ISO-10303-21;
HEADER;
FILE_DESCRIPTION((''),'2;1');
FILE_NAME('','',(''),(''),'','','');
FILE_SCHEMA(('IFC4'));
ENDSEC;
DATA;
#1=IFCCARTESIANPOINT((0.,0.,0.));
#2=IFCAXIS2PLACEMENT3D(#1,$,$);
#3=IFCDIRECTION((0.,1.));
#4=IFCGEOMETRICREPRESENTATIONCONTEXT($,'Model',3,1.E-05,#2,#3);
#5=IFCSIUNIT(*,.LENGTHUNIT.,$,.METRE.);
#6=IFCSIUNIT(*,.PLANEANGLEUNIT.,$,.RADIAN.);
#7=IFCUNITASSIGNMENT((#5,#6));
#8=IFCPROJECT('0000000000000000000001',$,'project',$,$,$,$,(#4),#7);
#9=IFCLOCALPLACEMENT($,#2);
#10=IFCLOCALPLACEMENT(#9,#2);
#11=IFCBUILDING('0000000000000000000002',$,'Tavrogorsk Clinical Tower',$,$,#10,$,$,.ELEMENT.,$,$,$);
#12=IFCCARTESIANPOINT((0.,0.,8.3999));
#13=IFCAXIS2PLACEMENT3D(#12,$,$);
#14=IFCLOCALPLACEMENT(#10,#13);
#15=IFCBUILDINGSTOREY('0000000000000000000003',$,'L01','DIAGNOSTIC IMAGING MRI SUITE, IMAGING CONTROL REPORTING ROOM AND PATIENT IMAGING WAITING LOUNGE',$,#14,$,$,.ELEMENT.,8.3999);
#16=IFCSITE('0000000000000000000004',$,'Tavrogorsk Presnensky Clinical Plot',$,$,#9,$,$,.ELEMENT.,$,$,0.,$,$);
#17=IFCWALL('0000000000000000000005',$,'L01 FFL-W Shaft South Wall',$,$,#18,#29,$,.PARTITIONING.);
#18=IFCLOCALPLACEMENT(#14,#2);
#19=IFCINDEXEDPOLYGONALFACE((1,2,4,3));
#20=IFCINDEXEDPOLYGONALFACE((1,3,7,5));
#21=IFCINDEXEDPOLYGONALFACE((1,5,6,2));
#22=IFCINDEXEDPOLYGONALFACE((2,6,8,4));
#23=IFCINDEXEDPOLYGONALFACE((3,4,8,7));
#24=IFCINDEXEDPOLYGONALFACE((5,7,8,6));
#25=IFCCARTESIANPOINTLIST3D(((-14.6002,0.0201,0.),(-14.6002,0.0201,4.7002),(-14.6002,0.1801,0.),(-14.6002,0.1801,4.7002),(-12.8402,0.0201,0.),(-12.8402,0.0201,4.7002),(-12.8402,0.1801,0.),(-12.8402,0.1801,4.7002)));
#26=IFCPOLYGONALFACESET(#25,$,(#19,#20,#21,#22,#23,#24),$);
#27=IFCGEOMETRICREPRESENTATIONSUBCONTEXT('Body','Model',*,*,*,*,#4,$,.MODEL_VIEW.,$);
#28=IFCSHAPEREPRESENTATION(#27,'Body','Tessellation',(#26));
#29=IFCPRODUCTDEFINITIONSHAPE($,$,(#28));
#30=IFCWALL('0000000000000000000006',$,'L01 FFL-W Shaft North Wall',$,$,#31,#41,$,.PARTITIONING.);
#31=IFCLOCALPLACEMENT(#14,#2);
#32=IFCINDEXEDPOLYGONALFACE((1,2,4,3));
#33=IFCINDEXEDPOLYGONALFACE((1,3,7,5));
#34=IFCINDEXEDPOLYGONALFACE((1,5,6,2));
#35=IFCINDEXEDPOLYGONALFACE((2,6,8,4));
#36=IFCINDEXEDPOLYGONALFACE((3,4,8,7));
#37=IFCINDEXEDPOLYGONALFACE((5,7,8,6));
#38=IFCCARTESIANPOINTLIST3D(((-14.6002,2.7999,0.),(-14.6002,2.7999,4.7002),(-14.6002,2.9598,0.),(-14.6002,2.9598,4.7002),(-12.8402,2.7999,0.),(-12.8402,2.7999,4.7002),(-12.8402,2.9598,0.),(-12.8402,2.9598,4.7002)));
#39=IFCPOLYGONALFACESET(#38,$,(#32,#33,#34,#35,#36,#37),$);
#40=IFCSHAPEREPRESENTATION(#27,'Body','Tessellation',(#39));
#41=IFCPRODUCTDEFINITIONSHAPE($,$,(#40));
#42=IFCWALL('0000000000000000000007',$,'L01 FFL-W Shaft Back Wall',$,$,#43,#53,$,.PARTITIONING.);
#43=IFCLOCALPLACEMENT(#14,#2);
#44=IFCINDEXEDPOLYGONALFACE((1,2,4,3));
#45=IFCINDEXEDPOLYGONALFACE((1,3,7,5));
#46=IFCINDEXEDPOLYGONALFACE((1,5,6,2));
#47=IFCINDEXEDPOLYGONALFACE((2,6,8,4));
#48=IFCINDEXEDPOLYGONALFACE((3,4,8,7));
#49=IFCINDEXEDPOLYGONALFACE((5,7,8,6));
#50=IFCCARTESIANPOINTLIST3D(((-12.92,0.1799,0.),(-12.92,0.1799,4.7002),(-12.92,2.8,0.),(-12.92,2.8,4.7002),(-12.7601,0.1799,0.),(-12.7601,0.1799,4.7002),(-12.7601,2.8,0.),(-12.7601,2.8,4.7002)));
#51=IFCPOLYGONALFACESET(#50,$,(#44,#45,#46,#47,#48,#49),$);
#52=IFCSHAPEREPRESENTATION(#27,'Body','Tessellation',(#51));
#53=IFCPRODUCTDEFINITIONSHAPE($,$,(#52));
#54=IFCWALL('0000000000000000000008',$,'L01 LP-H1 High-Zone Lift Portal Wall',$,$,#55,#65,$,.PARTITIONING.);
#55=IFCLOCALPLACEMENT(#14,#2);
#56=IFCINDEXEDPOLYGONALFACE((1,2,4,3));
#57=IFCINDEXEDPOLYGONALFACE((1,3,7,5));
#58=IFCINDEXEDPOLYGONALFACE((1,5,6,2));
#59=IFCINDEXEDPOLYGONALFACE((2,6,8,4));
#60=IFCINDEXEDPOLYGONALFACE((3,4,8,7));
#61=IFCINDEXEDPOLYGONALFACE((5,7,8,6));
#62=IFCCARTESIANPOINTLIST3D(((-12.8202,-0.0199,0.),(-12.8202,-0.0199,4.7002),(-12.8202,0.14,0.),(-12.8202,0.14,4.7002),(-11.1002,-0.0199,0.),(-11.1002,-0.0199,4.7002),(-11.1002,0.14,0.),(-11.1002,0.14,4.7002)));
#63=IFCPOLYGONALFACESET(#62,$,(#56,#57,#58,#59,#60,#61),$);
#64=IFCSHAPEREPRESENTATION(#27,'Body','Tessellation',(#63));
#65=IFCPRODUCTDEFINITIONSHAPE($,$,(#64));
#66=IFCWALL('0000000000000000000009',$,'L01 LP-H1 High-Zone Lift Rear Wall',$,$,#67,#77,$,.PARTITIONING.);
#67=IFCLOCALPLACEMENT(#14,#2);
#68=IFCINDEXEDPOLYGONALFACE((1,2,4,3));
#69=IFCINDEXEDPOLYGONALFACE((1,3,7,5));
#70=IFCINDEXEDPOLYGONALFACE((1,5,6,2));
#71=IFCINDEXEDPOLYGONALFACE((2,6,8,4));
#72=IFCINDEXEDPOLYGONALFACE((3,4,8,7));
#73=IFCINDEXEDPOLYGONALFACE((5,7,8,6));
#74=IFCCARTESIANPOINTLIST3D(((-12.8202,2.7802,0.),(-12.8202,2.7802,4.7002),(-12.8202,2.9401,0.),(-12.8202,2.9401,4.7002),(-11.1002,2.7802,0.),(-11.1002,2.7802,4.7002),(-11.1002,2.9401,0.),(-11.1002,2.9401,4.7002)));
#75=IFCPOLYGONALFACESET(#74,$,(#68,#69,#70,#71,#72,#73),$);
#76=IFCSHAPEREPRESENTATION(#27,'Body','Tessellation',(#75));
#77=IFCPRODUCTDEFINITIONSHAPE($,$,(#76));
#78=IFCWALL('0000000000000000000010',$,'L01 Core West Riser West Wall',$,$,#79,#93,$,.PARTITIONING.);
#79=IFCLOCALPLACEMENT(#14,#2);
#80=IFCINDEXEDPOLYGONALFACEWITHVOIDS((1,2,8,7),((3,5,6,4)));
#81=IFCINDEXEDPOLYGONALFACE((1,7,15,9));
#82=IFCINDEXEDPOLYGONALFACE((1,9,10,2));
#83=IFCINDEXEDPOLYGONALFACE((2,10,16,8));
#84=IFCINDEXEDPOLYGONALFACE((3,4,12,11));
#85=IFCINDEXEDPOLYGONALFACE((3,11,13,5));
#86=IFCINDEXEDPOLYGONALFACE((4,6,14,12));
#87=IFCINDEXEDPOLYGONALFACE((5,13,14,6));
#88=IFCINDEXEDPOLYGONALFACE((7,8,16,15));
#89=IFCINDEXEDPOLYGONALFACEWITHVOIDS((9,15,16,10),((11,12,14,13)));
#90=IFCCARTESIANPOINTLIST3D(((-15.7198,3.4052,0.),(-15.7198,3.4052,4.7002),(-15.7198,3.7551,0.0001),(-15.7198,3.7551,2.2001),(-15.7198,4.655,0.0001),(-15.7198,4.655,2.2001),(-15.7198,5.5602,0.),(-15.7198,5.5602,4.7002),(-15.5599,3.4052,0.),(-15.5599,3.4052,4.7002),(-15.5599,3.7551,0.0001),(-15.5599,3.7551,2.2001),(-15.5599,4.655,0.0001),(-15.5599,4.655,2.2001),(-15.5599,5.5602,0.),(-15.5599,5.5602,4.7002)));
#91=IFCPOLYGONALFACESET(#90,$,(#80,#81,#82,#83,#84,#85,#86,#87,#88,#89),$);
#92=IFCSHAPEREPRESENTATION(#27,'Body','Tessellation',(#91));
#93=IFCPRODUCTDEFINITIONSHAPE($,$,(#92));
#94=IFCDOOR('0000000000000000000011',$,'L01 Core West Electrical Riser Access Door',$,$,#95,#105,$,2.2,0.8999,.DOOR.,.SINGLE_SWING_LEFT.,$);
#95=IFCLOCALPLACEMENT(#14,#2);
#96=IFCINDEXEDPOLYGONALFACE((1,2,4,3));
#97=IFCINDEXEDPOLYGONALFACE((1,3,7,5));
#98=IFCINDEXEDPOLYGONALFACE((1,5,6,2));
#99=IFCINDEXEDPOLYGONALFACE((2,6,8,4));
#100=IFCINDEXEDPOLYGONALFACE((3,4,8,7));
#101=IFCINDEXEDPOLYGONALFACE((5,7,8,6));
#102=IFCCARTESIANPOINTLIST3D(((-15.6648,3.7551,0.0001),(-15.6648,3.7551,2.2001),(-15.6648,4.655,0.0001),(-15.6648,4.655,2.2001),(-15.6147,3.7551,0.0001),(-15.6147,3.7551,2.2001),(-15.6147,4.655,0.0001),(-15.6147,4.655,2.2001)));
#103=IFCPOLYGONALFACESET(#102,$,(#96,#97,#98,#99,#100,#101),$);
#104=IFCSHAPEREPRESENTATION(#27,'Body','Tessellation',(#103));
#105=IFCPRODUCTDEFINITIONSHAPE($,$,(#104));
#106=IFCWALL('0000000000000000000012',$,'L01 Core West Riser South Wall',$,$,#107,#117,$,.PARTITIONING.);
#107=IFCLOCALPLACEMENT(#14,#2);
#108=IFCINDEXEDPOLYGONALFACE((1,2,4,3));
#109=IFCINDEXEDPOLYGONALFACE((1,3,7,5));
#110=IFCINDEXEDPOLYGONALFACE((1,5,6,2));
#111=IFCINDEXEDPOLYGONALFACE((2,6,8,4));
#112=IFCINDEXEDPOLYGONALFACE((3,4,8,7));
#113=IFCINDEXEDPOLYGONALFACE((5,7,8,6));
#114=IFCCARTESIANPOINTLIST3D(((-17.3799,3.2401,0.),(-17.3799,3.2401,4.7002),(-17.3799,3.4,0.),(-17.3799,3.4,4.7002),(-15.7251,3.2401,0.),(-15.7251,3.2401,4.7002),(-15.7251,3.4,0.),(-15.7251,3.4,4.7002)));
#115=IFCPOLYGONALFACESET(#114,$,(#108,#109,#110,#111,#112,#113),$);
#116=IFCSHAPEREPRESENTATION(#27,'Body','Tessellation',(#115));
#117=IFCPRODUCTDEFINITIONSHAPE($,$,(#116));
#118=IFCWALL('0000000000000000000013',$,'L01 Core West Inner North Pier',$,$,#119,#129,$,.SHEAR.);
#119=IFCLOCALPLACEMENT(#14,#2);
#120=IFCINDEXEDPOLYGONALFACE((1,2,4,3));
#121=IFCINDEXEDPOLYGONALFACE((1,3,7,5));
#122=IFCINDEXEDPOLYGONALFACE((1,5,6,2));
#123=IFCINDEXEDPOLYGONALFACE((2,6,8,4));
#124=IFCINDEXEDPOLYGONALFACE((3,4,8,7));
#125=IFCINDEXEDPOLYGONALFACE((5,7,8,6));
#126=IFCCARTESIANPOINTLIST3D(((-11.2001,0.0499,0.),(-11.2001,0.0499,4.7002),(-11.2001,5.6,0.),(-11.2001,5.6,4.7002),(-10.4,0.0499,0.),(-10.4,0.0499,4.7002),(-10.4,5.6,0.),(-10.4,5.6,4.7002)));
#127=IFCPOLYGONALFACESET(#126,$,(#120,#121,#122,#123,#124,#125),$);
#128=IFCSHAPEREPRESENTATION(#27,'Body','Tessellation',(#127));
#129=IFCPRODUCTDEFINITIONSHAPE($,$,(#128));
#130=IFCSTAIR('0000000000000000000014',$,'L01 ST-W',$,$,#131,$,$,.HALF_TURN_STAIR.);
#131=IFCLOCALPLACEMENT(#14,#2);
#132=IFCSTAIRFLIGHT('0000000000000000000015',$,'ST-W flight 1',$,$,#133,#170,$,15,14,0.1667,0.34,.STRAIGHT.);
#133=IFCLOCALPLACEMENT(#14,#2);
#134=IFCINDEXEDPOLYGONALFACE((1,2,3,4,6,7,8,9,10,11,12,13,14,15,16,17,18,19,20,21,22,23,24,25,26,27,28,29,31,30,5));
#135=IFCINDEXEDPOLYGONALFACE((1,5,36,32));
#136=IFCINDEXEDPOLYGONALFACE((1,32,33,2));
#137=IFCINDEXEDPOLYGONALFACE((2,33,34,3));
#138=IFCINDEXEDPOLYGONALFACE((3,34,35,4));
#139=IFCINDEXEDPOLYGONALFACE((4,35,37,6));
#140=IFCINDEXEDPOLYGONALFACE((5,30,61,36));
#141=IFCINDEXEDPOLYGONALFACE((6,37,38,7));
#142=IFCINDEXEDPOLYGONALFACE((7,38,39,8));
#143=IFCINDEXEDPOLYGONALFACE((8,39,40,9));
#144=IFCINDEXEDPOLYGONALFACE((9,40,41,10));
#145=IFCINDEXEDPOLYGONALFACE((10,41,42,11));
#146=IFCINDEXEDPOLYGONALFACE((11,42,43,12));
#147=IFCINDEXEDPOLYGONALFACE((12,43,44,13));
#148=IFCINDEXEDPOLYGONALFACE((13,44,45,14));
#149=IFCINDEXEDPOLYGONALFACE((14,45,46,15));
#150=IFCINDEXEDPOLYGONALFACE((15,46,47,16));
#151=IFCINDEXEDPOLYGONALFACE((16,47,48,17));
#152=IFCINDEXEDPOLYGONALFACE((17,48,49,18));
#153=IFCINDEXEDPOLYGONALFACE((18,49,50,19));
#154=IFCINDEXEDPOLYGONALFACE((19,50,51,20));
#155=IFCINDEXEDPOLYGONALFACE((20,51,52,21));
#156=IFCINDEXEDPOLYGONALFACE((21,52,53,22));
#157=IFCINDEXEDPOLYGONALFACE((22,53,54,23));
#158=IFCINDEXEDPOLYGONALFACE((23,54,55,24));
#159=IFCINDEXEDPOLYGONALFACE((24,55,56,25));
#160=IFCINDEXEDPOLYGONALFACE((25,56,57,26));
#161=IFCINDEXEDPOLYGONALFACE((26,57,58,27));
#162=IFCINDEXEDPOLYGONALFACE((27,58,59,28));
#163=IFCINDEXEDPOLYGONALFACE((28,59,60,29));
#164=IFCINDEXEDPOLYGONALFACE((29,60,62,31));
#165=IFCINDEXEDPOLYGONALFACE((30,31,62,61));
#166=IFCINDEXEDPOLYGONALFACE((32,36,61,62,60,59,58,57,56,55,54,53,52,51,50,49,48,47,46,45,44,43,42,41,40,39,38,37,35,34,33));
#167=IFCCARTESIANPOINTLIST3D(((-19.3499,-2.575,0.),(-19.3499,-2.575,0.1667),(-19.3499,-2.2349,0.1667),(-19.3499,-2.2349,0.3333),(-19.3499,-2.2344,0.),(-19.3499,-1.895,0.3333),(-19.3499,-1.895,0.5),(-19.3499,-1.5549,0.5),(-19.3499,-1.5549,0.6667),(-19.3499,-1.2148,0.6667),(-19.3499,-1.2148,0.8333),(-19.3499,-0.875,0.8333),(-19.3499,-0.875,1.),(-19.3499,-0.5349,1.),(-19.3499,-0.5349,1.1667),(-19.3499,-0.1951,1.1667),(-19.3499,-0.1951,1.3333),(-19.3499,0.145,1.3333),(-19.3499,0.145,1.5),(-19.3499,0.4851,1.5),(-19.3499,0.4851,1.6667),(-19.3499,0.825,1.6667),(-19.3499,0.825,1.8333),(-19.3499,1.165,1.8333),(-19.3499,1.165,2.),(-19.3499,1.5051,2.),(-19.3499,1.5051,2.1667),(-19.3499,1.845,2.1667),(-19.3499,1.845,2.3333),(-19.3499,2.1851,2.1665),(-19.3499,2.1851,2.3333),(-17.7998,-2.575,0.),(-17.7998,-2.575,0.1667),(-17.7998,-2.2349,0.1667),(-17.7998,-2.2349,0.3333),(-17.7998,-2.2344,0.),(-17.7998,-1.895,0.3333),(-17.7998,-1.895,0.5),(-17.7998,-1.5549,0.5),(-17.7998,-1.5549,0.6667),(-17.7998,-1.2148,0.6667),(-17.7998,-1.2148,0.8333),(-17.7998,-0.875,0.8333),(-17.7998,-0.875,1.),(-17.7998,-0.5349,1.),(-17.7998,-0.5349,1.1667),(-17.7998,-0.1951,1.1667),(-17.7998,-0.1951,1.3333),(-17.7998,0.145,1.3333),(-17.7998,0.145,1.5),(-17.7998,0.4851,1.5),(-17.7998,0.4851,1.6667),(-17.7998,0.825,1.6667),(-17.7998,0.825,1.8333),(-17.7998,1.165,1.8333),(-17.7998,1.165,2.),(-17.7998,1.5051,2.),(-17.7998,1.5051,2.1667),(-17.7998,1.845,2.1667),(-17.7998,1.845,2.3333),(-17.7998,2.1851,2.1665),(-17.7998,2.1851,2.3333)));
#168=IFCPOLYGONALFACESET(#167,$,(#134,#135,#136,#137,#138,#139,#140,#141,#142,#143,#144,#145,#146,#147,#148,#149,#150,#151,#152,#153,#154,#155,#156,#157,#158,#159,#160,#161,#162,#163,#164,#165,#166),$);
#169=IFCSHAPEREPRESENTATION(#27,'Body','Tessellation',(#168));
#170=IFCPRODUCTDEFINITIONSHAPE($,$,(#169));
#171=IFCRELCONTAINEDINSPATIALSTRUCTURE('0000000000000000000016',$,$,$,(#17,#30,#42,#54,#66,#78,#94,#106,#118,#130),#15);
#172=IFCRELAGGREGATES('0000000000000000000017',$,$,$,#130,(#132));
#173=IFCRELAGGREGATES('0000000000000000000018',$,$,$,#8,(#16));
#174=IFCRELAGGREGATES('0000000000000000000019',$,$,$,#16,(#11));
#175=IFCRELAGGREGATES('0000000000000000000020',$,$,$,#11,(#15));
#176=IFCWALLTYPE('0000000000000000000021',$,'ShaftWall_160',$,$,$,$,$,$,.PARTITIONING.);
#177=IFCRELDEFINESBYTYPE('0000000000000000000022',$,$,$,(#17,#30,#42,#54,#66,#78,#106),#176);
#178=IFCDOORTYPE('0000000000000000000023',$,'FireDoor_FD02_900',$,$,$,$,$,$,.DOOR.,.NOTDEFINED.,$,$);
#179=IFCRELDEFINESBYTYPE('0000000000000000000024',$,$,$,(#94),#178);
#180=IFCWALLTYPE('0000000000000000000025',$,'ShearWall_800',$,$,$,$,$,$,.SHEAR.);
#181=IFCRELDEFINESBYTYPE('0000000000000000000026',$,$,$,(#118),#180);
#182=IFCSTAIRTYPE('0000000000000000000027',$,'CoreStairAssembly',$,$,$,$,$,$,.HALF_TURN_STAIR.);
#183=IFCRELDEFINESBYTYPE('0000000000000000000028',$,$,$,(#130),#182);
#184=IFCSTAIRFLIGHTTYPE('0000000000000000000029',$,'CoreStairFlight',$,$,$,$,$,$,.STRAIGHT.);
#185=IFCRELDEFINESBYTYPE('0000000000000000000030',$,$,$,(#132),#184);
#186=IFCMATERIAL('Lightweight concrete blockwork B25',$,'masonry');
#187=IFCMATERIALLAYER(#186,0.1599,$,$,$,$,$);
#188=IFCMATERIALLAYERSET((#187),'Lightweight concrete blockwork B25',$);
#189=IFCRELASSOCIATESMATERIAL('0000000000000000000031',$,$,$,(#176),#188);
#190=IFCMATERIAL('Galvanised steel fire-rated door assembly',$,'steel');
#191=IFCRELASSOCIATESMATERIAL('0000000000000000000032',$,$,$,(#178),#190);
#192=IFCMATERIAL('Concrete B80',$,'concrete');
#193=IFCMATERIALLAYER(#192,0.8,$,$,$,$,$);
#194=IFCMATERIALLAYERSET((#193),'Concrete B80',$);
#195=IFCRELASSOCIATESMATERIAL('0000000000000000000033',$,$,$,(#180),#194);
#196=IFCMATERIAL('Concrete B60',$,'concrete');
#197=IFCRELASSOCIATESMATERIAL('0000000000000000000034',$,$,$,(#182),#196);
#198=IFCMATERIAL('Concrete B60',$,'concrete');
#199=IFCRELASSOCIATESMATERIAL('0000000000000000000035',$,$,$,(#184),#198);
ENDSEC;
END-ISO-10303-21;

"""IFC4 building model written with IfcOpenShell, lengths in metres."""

from ifc_helpers import new_model, si_unit, direction, frame, frame_2d, origin, place, context, subcontext, project, spatial, polyline, rectangle, outline, extrude, material, layer, layer_set, type_object, element, fill, aggregate, save


model = new_model("IFC4")

# Units and contexts
model_context = context("Model", 3, precision=1e-05, world=origin(), true_north=direction((0.0, 1.0)))
body_context = subcontext(model_context, "Body", "Model", "MODEL_VIEW")
ifc_project = project(units=[si_unit("LENGTHUNIT", "METRE"), si_unit("PLANEANGLEUNIT", "RADIAN")], contexts=[model_context])

# Site, building, storey
site_placement = place(None, origin())
site = spatial("IfcSite", under=ifc_project, at=site_placement, Name="Tavrogorsk Presnensky Clinical Plot", CompositionType="ELEMENT", RefElevation=0.0)
building_placement = place(site_placement, origin())
building = spatial("IfcBuilding", under=site, at=building_placement, Name="Tavrogorsk Clinical Tower", CompositionType="ELEMENT")
storey_placement = place(building_placement, frame((0.0, 0.0, 8.3999)))
storey = spatial("IfcBuildingStorey", under=building, at=storey_placement, Name="L01", Description="DIAGNOSTIC IMAGING MRI SUITE, IMAGING CONTROL REPORTING ROOM AND PATIENT IMAGING WAITING LOUNGE", CompositionType="ELEMENT", Elevation=8.3999)

# Shared definitions
ifc_material_1 = material(Name="Lightweight concrete blockwork B25", Category="masonry")
ifc_layer_1 = layer(ifc_material_1, 0.1599)
ifc_layer_set_1 = layer_set([ifc_layer_1], Name="Lightweight concrete blockwork B25")
wall_type_1 = type_object("IfcWallType", Name="ShaftWall_160", PredefinedType="PARTITIONING", material=ifc_layer_set_1)

# Walls
for number, where, z_axis, x_axis, name in (
    (1, (-14.6001, 0.1001, 0.0), (0.0, 0.0, 1.0), (1.0, 0.0, 0.0), "L01 FFL-W Shaft South Wall"),
    (2, (-14.6001, 2.8799, 0.0), (0.0, 0.0, 1.0), (1.0, 0.0, 0.0), "L01 FFL-W Shaft North Wall"),
):
    element("IfcWall", number, at=place(storey_placement, frame(where, z_axis=z_axis, x_axis=x_axis)), inside=storey, type_object=wall_type_1, Name=name, PredefinedType="PARTITIONING", context=body_context, shape_type="SweptSolid", body=[
        extrude(rectangle(XDim=1.76, YDim=0.1599, at=frame_2d((0.8799, 0.0))), origin(), (0.0, 0.0, 1.0), 4.7002),
    ])
wall_1_placement = place(storey_placement, frame((-12.8401, 0.1799, 0.0), z_axis=(0.0, 0.0, 1.0), x_axis=(0.0, 1.0, 0.0)))
element("IfcWall", 3, at=wall_1_placement, inside=storey, type_object=wall_type_1, Name="L01 FFL-W Shaft Back Wall", PredefinedType="PARTITIONING", context=body_context, shape_type="SweptSolid", body=[
    extrude(rectangle(XDim=2.6201, YDim=0.1599, at=frame_2d((1.3101, 0.0))), origin(), (0.0, 0.0, 1.0), 4.7002),
])
for number, where, z_axis, x_axis, name in (
    (4, (-12.8201, 0.0601, 0.0), (0.0, 0.0, 1.0), (1.0, 0.0, 0.0), "L01 LP-H1 High-Zone Lift Portal Wall"),
    (5, (-12.8201, 2.8601, 0.0), (0.0, 0.0, 1.0), (1.0, 0.0, 0.0), "L01 LP-H1 High-Zone Lift Rear Wall"),
):
    element("IfcWall", number, at=place(storey_placement, frame(where, z_axis=z_axis, x_axis=x_axis)), inside=storey, type_object=wall_type_1, Name=name, PredefinedType="PARTITIONING", context=body_context, shape_type="SweptSolid", body=[
        extrude(rectangle(XDim=1.72, YDim=0.1599, at=frame_2d((0.8599, 0.0))), origin(), (0.0, 0.0, 1.0), 4.7002),
    ])

# Wall, opening, door
wall_2_placement = place(storey_placement, frame((-15.6399, 3.405, 0.0), z_axis=(0.0, 0.0, 1.0), x_axis=(0.0, 1.0, 0.0)))
wall_2 = element("IfcWall", 6, at=wall_2_placement, inside=storey, type_object=wall_type_1, Name="L01 Core West Riser West Wall", PredefinedType="PARTITIONING", context=body_context, shape_type="SweptSolid", body=[
    extrude(rectangle(XDim=2.155, YDim=0.1599, at=frame_2d((1.0776, 0.0))), origin(), (0.0, 0.0, 1.0), 4.7002),
])
opening_1_placement = place(wall_2_placement, frame((0.3501, 0.0, 0.0)))
opening_1 = element("IfcOpeningElement", 7, at=opening_1_placement, cuts=wall_2, PredefinedType="OPENING", context=body_context, shape_type="SweptSolid", body=[
    extrude(rectangle(XDim=0.8999, YDim=2.2, at=frame_2d((0.45, 1.1001))), frame((0.0, 0.0898, 0.0), z_axis=(0.0, -1.0, 0.0), x_axis=(1.0, 0.0, 0.0)), (0.0, 0.0, 1.0), 0.1799),
])
ifc_material_2 = material(Name="Galvanised steel fire-rated door assembly", Category="steel")
door_type_1 = type_object("IfcDoorType", Name="FireDoor_FD02_900", OperationType="NOTDEFINED", PredefinedType="DOOR", material=ifc_material_2)
door_1_placement = place(opening_1_placement, origin())
door_1 = element("IfcDoor", 8, at=door_1_placement, inside=storey, type_object=door_type_1, Name="L01 Core West Electrical Riser Access Door", OperationType="SINGLE_SWING_LEFT", OverallHeight=2.2, OverallWidth=0.8999, PredefinedType="DOOR", context=body_context, shape_type="SweptSolid", body=[
    extrude(rectangle(XDim=0.8999, YDim=2.2, at=frame_2d((0.45, 1.1001))), frame((0.0, 0.0249, 0.0), z_axis=(0.0, -1.0, 0.0), x_axis=(1.0, 0.0, 0.0)), (0.0, 0.0, 1.0), 0.05),
])
fill(opening_1, door_1)

# Walls
wall_3_placement = place(storey_placement, frame((-17.3799, 3.3201, 0.0), z_axis=(0.0, 0.0, 1.0), x_axis=(1.0, 0.0, 0.0)))
element("IfcWall", 9, at=wall_3_placement, inside=storey, type_object=wall_type_1, Name="L01 Core West Riser South Wall", PredefinedType="PARTITIONING", context=body_context, shape_type="SweptSolid", body=[
    extrude(rectangle(XDim=1.6548, YDim=0.1599, at=frame_2d((0.8274, 0.0))), origin(), (0.0, 0.0, 1.0), 4.7002),
])
ifc_material_3 = material(Name="Concrete B80", Category="concrete")
ifc_layer_2 = layer(ifc_material_3, 0.8)
ifc_layer_set_2 = layer_set([ifc_layer_2], Name="Concrete B80")
wall_type_2 = type_object("IfcWallType", Name="ShearWall_800", PredefinedType="SHEAR", material=ifc_layer_set_2)
wall_4_placement = place(storey_placement, frame((-10.8, 0.05, 0.0), z_axis=(0.0, 0.0, 1.0), x_axis=(0.0, 1.0, 0.0)))
element("IfcWall", 10, at=wall_4_placement, inside=storey, type_object=wall_type_2, Name="L01 Core West Inner North Pier", PredefinedType="SHEAR", context=body_context, shape_type="SweptSolid", body=[
    extrude(rectangle(XDim=5.55, YDim=0.8, at=frame_2d((2.7749, 0.0))), origin(), (0.0, 0.0, 1.0), 4.7002),
])

# Stair, stair flight
ifc_material_4 = material(Name="Concrete B60", Category="concrete")
stair_type = type_object("IfcStairType", Name="CoreStairAssembly", PredefinedType="HALF_TURN_STAIR", material=ifc_material_4)
stair_placement = place(storey_placement, origin())
stair = element("IfcStair", 11, at=stair_placement, inside=storey, type_object=stair_type, Name="L01 ST-W", PredefinedType="HALF_TURN_STAIR")
ifc_material_5 = material(Name="Concrete B60", Category="concrete")
stair_flight_type = type_object("IfcStairFlightType", Name="CoreStairFlight", PredefinedType="STRAIGHT", material=ifc_material_5)
stair_flight_1_placement = place(storey_placement, frame((-18.575, -2.575, 0.0), z_axis=(0.0, 0.0, 1.0), x_axis=(0.0, 1.0, 0.0)))
stair_flight_1 = element("IfcStairFlight", 12, at=stair_flight_1_placement, type_object=stair_flight_type, Name="ST-W flight 1", NumberOfRisers=15, NumberOfTreads=14, PredefinedType="STRAIGHT", RiserHeight=0.1667, TreadLength=0.34, context=body_context, shape_type="SweptSolid", body=[
    extrude(outline(polyline([(0.0, 0.0), (0.0, 0.1667), (0.3401, 0.1667), (0.3401, 0.3333), (0.6799, 0.3333), (0.6799, 0.5), (1.02, 0.5), (1.02, 0.6667), (1.3601, 0.6667), (1.3601, 0.8333), (1.7, 0.8333), (1.7, 1.0), (2.04, 1.0), (2.04, 1.1667), (2.3799, 1.1667), (2.3799, 1.3333), (2.72, 1.3333), (2.72, 1.5), (3.0601, 1.5), (3.0601, 1.6667), (3.3999, 1.6667), (3.3999, 1.8333), (3.74, 1.8333), (3.74, 2.0), (4.0801, 2.0), (4.0801, 2.1667), (4.4199, 2.1667), (4.4199, 2.3333), (4.76, 2.3333), (4.76, 2.5), (4.76, 2.1665), (0.3406, 0.0), (0.0, 0.0)])), frame((0.0, 0.7749, 0.0), z_axis=(0.0, -1.0, 0.0), x_axis=(1.0, 0.0, 0.0)), (0.0, 0.0, 1.0), 1.55),
])
aggregate(stair, [stair_flight_1])

save(model, "model.ifc")
